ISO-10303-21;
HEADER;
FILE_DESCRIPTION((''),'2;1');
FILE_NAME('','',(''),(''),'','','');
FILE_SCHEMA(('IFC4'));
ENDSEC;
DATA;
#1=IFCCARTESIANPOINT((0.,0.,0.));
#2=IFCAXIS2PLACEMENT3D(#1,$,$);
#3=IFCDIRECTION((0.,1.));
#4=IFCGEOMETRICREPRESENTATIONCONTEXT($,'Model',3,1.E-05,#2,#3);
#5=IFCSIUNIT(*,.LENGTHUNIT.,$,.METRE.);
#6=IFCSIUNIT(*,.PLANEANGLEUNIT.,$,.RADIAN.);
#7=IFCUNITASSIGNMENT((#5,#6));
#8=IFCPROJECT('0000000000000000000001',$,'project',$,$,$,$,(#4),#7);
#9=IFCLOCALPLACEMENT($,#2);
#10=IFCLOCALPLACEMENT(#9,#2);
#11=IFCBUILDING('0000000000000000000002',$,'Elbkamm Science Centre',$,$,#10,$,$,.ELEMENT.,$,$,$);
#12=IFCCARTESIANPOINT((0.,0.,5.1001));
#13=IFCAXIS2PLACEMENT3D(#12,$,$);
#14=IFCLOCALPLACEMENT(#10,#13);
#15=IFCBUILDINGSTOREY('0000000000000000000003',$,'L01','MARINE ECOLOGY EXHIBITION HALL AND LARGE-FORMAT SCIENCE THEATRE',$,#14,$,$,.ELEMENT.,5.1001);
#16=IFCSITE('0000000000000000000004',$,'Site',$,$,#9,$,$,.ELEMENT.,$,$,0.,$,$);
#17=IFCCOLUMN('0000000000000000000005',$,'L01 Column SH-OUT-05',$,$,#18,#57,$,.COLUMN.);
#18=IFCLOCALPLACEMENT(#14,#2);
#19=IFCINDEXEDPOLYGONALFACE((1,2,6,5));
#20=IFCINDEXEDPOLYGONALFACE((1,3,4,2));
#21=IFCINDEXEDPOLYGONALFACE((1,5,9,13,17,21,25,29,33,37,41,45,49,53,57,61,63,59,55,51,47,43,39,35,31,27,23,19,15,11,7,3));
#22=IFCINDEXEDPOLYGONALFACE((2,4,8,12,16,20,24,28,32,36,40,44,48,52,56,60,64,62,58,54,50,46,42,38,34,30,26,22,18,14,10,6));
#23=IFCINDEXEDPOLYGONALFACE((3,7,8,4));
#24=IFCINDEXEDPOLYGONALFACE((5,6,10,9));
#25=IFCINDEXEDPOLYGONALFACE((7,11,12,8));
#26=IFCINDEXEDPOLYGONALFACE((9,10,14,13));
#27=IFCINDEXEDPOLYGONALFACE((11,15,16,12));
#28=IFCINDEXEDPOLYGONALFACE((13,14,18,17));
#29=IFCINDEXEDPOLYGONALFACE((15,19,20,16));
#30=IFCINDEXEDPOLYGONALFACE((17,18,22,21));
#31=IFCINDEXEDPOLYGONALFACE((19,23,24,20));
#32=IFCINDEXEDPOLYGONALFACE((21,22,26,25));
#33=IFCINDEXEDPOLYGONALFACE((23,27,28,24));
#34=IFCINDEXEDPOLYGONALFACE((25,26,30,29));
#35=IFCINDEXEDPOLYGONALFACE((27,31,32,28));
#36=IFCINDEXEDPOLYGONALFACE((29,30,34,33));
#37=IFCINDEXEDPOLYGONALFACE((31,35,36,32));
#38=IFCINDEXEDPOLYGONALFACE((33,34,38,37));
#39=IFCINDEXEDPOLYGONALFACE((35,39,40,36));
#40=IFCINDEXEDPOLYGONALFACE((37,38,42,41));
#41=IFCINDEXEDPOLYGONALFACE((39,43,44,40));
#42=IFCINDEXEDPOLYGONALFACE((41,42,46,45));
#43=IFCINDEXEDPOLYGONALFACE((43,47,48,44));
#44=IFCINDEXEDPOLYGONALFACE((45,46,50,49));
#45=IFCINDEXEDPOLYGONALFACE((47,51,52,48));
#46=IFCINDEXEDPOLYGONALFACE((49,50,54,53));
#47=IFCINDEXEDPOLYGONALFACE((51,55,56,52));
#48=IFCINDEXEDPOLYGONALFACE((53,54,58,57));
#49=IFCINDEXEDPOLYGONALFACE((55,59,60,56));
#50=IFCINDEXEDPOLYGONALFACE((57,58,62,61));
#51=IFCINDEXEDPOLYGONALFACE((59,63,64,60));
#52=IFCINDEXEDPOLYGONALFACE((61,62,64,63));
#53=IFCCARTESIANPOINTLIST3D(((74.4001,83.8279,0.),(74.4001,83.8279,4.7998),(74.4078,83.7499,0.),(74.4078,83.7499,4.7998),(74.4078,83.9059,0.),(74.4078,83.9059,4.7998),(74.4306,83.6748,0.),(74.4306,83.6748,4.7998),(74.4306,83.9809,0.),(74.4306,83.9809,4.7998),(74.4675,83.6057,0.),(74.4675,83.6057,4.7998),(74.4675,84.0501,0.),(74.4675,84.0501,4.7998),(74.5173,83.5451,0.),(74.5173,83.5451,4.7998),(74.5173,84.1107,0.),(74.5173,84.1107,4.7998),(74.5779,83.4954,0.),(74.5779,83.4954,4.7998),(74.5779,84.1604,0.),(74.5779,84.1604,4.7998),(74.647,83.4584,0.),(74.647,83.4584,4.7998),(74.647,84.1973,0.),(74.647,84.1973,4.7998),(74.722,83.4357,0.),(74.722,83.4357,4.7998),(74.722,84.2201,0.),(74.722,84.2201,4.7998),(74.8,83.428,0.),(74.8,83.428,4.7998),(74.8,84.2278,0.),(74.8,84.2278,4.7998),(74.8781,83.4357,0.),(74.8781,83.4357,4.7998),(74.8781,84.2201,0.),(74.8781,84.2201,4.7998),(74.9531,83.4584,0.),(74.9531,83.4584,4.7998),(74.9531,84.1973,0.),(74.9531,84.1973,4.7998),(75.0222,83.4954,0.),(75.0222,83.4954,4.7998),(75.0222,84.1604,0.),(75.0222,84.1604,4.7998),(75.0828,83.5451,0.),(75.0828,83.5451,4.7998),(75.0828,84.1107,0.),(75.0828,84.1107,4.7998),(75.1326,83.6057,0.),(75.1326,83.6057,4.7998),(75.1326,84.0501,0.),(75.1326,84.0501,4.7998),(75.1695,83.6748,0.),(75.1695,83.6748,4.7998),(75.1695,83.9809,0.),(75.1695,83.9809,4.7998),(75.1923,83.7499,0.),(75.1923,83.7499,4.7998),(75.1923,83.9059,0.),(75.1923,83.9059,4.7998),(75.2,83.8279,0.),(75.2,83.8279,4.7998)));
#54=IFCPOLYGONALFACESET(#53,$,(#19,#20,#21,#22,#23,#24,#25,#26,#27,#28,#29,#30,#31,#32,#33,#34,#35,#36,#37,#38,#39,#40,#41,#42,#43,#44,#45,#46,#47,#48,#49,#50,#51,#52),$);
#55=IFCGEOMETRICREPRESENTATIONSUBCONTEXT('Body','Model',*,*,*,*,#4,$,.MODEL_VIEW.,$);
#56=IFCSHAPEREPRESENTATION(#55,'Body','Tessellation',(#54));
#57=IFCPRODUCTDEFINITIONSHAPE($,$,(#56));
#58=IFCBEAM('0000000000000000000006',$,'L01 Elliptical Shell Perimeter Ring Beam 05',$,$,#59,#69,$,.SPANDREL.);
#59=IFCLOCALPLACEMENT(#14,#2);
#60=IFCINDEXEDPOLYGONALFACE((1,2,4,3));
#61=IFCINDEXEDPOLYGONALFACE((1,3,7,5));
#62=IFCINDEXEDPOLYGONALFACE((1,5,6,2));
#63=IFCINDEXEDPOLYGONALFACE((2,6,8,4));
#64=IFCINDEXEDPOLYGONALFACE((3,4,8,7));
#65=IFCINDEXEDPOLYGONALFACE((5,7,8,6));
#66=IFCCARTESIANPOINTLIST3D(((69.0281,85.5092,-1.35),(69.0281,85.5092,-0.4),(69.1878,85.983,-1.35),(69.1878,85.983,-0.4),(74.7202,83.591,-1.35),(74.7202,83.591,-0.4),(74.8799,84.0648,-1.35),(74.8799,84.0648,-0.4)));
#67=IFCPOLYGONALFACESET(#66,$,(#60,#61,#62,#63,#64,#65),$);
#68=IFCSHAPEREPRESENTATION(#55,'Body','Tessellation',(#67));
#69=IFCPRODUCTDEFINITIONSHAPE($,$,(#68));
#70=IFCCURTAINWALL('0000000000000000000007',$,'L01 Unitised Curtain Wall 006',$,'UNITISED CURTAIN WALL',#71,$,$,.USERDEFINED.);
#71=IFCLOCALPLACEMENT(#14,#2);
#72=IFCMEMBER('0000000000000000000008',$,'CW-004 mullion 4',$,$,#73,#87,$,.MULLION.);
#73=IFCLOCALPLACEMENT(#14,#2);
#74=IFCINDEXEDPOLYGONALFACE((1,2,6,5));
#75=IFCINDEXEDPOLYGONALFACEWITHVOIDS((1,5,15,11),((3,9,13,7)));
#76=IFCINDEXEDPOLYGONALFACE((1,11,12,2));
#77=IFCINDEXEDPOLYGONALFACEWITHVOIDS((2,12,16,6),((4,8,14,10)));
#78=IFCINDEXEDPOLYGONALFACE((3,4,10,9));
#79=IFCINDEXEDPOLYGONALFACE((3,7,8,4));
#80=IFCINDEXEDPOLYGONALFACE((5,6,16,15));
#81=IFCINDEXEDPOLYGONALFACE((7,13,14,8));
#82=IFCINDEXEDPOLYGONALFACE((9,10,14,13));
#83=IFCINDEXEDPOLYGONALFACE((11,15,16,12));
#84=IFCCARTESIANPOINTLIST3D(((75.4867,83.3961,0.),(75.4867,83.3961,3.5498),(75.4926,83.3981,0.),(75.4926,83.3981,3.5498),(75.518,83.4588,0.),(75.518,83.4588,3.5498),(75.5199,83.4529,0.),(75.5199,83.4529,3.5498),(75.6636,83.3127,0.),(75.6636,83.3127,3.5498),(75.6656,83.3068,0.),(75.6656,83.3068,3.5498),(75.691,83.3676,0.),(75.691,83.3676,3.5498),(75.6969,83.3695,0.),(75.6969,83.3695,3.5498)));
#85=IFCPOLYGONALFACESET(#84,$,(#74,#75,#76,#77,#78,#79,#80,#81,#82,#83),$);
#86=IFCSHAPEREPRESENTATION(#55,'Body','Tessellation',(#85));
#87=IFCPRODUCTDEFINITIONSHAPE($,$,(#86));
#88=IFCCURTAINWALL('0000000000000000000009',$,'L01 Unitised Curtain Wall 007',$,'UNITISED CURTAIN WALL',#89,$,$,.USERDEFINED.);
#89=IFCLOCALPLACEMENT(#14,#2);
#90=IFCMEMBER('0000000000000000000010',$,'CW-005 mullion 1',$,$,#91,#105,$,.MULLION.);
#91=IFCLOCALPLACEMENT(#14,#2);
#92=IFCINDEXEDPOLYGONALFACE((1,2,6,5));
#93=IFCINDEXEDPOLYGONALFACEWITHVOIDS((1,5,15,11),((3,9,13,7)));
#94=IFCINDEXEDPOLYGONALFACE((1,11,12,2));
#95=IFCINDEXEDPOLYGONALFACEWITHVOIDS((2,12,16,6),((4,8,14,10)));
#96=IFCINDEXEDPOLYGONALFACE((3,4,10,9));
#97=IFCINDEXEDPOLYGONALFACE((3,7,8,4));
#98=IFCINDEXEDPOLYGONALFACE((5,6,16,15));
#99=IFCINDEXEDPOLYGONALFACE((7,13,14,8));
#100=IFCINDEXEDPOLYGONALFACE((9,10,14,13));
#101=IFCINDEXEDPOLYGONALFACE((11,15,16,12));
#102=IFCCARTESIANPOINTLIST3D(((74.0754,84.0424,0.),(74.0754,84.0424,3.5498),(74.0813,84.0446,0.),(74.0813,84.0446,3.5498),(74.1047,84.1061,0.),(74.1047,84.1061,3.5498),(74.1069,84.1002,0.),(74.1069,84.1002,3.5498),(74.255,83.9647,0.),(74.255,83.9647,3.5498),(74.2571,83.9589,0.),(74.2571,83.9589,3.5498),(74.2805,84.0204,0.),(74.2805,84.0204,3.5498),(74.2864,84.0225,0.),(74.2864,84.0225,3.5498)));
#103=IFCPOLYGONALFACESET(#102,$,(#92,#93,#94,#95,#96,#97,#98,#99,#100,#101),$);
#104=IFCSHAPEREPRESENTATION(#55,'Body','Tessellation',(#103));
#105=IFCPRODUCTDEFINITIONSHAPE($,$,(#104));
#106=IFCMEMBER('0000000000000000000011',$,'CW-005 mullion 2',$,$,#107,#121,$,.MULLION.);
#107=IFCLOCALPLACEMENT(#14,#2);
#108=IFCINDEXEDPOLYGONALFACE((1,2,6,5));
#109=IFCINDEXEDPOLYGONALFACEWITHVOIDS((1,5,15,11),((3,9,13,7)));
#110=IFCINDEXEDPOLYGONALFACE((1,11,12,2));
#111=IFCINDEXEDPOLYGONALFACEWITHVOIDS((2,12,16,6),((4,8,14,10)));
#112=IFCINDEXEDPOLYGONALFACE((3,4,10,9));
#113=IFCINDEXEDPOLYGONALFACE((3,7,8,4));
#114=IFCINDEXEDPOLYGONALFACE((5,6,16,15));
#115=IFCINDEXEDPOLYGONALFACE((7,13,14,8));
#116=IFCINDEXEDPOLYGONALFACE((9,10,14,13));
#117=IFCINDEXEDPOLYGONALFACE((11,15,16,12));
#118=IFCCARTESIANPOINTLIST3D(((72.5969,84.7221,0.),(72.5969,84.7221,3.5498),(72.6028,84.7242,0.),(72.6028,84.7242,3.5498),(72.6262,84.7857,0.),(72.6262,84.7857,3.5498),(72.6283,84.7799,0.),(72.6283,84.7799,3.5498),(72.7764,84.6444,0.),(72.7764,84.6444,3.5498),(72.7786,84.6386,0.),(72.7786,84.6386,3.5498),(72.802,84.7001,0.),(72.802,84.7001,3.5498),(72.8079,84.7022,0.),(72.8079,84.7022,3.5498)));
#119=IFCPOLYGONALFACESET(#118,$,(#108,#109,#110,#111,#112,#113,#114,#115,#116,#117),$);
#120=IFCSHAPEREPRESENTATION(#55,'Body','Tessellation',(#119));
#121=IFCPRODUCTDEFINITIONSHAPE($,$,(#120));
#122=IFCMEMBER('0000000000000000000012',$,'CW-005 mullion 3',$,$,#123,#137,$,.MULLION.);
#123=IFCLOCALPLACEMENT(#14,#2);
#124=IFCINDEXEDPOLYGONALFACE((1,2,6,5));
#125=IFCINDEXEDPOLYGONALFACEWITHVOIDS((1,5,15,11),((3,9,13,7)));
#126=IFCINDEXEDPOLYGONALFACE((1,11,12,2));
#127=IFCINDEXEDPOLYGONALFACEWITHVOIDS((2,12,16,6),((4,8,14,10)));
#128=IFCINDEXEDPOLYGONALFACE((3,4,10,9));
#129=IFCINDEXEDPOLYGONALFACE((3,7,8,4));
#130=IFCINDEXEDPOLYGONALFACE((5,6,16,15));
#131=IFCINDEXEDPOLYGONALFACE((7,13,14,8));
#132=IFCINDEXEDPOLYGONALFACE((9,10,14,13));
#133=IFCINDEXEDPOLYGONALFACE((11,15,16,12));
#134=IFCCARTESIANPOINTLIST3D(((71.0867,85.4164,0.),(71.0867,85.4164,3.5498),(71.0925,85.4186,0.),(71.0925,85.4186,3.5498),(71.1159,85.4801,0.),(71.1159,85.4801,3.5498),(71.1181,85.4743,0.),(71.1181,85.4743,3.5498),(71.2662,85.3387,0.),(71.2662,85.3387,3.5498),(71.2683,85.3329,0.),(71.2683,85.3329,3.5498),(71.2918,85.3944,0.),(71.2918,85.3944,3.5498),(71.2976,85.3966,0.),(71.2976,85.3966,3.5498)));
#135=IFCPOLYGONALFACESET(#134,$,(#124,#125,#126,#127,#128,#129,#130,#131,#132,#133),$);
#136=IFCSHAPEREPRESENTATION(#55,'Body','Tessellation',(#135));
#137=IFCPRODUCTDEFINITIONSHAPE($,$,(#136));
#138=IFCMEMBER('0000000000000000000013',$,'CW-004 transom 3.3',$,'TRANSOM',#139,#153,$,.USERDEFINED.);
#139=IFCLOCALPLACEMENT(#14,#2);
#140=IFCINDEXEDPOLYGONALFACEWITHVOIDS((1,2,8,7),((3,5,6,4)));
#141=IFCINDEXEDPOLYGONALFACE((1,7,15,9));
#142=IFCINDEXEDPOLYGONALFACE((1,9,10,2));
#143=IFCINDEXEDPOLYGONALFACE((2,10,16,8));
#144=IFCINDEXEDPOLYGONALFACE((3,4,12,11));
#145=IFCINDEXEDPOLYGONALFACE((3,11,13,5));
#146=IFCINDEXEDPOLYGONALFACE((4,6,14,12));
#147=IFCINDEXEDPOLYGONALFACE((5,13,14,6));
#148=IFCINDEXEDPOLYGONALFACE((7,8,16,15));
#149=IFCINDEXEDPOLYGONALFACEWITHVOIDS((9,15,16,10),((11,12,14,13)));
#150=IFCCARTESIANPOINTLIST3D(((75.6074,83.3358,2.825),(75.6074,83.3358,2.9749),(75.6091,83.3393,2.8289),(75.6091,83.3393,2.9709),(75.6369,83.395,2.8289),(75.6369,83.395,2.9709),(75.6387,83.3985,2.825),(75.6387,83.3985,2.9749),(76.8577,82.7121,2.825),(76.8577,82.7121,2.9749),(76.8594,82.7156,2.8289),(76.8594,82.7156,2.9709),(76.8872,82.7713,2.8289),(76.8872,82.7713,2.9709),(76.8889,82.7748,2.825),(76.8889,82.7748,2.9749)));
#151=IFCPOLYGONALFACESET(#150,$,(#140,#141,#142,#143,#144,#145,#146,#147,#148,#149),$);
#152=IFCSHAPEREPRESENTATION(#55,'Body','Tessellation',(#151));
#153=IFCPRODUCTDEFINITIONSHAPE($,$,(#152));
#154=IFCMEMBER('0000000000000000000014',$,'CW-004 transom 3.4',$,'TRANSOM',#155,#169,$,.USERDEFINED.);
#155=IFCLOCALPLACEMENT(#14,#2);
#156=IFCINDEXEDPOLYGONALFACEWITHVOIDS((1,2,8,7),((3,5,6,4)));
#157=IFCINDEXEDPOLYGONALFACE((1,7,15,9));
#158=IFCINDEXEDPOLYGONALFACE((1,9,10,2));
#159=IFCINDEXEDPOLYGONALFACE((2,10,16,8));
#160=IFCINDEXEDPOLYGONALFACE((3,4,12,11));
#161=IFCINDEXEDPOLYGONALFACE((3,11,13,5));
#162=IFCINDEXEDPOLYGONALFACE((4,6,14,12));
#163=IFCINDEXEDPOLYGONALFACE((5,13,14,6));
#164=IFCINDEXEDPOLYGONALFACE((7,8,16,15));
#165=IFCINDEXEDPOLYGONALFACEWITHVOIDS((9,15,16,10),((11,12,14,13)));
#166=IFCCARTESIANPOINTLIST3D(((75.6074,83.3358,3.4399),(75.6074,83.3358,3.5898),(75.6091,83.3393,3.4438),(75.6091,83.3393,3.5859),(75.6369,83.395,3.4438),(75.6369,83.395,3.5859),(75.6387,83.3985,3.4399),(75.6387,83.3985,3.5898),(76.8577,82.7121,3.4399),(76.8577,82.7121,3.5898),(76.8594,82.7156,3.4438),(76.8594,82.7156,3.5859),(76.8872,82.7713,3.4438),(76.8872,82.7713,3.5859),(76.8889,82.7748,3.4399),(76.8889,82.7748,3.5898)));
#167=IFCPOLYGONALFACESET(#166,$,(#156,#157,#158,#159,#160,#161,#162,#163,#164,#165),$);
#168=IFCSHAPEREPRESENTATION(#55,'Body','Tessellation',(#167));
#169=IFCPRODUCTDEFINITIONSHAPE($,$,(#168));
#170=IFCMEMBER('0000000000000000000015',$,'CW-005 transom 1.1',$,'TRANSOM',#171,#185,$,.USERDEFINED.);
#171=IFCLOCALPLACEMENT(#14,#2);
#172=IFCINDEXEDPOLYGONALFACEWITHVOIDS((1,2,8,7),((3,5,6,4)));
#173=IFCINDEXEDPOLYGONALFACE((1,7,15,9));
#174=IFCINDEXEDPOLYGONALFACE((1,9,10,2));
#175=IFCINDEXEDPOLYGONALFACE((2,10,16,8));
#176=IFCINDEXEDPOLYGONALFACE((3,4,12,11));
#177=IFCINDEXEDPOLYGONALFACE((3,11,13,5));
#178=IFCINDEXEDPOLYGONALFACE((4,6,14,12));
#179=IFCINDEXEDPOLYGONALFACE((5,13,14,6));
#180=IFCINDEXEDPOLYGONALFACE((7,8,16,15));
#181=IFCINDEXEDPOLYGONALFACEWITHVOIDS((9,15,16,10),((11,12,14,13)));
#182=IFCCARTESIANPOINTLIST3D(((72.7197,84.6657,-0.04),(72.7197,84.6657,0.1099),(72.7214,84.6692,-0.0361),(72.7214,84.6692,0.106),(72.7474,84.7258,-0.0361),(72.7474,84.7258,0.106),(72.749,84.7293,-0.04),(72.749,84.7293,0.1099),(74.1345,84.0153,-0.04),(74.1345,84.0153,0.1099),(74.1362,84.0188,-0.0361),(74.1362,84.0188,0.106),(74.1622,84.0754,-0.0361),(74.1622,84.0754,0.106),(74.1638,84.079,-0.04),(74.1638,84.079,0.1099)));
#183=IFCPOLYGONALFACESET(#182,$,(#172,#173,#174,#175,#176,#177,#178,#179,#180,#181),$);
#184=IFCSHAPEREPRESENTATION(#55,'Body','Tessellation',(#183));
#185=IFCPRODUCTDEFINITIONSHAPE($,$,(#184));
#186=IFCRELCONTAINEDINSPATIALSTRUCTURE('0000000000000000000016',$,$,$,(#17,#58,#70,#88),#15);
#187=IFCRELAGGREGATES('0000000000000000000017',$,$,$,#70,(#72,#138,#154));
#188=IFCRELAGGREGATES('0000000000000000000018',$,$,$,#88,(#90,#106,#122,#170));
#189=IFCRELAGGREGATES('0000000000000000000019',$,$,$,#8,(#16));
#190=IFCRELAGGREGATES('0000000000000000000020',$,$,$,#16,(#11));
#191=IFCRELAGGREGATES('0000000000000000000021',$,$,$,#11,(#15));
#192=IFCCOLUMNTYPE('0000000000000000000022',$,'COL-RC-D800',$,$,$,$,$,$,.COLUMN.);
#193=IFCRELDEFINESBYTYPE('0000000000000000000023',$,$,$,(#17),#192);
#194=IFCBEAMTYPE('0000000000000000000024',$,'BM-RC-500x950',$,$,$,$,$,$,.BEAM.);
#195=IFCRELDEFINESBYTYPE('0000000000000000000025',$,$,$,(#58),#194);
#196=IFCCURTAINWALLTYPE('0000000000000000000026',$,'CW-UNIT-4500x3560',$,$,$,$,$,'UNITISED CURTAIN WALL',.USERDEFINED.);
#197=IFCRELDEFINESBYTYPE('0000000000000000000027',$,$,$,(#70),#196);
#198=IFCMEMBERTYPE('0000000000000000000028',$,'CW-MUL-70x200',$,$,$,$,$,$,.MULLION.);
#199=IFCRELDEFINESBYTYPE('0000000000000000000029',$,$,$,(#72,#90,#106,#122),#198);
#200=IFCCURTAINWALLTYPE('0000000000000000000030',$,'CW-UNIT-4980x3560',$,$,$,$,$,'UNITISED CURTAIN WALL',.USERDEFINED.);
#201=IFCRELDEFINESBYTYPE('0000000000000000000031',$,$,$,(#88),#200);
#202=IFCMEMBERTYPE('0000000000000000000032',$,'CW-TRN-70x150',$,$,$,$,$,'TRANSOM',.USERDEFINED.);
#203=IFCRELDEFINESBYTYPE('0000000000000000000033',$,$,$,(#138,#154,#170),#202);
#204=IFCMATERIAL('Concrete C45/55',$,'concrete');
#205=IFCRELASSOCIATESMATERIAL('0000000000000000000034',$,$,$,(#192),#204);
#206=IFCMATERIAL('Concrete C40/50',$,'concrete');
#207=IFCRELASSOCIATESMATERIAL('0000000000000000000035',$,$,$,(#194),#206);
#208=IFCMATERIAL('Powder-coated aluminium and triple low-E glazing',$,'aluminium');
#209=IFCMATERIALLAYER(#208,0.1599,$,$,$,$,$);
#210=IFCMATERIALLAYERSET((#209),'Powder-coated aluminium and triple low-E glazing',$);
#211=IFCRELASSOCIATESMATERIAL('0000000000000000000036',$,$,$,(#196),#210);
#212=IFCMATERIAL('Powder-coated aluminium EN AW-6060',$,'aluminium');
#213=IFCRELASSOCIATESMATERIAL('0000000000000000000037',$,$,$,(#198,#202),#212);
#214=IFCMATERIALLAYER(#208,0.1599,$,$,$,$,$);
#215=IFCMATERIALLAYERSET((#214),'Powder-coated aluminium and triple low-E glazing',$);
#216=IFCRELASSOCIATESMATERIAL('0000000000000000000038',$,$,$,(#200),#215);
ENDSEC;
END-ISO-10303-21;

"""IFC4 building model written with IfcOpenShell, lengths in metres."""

from ifc_helpers import new_model, si_unit, direction, frame, origin, origin_2d, place, context, subcontext, project, spatial, rectangle, hollow_rectangle, circle, extrude, material, layer, layer_set, material_profile, profile_set, type_object, element, aggregate, save


model = new_model("IFC4")

# Units and contexts
model_context = context("Model", 3, precision=1e-05, world=origin(), true_north=direction((0.0, 1.0)))
body_context = subcontext(model_context, "Body", "Model", "MODEL_VIEW")
ifc_project = project(units=[si_unit("LENGTHUNIT", "METRE"), si_unit("PLANEANGLEUNIT", "RADIAN")], contexts=[model_context])

# Site, building, storey
site_placement = place(None, origin())
site = spatial("IfcSite", under=ifc_project, at=site_placement, Name="Site", CompositionType="ELEMENT", RefElevation=0.0)
building_placement = place(site_placement, origin())
building = spatial("IfcBuilding", under=site, at=building_placement, Name="Elbkamm Science Centre", CompositionType="ELEMENT")
storey_placement = place(building_placement, frame((0.0, 0.0, 5.1001)))
storey = spatial("IfcBuildingStorey", under=building, at=storey_placement, Name="L01", Description="MARINE ECOLOGY EXHIBITION HALL AND LARGE-FORMAT SCIENCE THEATRE", CompositionType="ELEMENT", Elevation=5.1001)

# Column
ifc_material_1 = material(Name="Concrete C45/55", Category="concrete")
ifc_material_profile_1 = material_profile(ifc_material_1, circle(Radius=0.3999, at=origin_2d()), Name="RC D800")
ifc_profile_set_1 = profile_set([ifc_material_profile_1], Name="Concrete C45/55")
column_type = type_object("IfcColumnType", Name="COL-RC-D800", PredefinedType="COLUMN", material=ifc_profile_set_1)
column_placement = place(storey_placement, frame((74.8, 83.8279, 0.0), z_axis=(0.0, 0.0, 1.0), x_axis=(1.0, 0.0, 0.0)))
element("IfcColumn", 1, at=column_placement, inside=storey, type_object=column_type, Name="L01 Column SH-OUT-05", PredefinedType="COLUMN", context=body_context, shape_type="SweptSolid", body=[
    extrude(circle(Radius=0.3999, at=origin_2d()), origin(), (0.0, 0.0, 1.0), 4.7998),
])

# Beam
ifc_material_2 = material(Name="Concrete C40/50", Category="concrete")
ifc_material_profile_2 = material_profile(ifc_material_2, rectangle(XDim=0.5, YDim=0.95, at=origin_2d()), Name="RC 500x950")
ifc_profile_set_2 = profile_set([ifc_material_profile_2], Name="Concrete C40/50")
beam_type = type_object("IfcBeamType", Name="BM-RC-500x950", PredefinedType="BEAM", material=ifc_profile_set_2)
beam_placement = place(storey_placement, frame((74.8, 83.8279, -0.875), z_axis=(-0.947638, 0.319348, 0.0), x_axis=(-0.319348, -0.947638, 0.0)))
element("IfcBeam", 2, at=beam_placement, inside=storey, type_object=beam_type, Name="L01 Elliptical Shell Perimeter Ring Beam 05", PredefinedType="SPANDREL", context=body_context, shape_type="SweptSolid", body=[
    extrude(rectangle(XDim=0.5, YDim=0.95, at=origin_2d()), origin(), (0.0, 0.0, 1.0), 6.0066),
])

# Curtain wall, member
ifc_material_3 = material(Name="Powder-coated aluminium and triple low-E glazing", Category="aluminium")
ifc_layer_1 = layer(ifc_material_3, 0.1599)
ifc_layer_set_1 = layer_set([ifc_layer_1], Name="Powder-coated aluminium and triple low-E glazing")
curtain_wall_type_1 = type_object("IfcCurtainWallType", Name="CW-UNIT-4500x3560", ElementType="UNITISED CURTAIN WALL", PredefinedType="USERDEFINED", material=ifc_layer_set_1)
curtain_wall_1_placement = place(storey_placement, origin())
curtain_wall_1 = element("IfcCurtainWall", 3, at=curtain_wall_1_placement, inside=storey, type_object=curtain_wall_type_1, Name="L01 Unitised Curtain Wall 006", ObjectType="UNITISED CURTAIN WALL", PredefinedType="USERDEFINED")
ifc_material_4 = material(Name="Powder-coated aluminium EN AW-6060", Category="aluminium")
ifc_material_profile_3 = material_profile(ifc_material_4, hollow_rectangle(XDim=0.0701, YDim=0.2, WallThickness=0.0044, at=origin_2d()), Name="ALU M70x200")
ifc_profile_set_3 = profile_set([ifc_material_profile_3], Name="Powder-coated aluminium EN AW-6060")
member_type_1 = type_object("IfcMemberType", Name="CW-MUL-70x200", PredefinedType="MULLION", material=ifc_profile_set_3)
member_1_placement = place(storey_placement, frame((75.5918, 83.3828, 0.0), z_axis=(0.0, 0.0, 1.0), x_axis=(-0.446441, -0.894813, 0.0)))
member_1 = element("IfcMember", 4, at=member_1_placement, type_object=member_type_1, Name="CW-004 mullion 4", PredefinedType="MULLION", context=body_context, shape_type="SweptSolid", body=[
    extrude(hollow_rectangle(XDim=0.0701, YDim=0.2, WallThickness=0.0044, at=origin_2d()), origin(), (0.0, 0.0, 1.0), 3.5498),
])

# Curtain wall, members
ifc_layer_2 = layer(ifc_material_3, 0.1599)
ifc_layer_set_2 = layer_set([ifc_layer_2], Name="Powder-coated aluminium and triple low-E glazing")
curtain_wall_type_2 = type_object("IfcCurtainWallType", Name="CW-UNIT-4980x3560", ElementType="UNITISED CURTAIN WALL", PredefinedType="USERDEFINED", material=ifc_layer_set_2)
curtain_wall_2_placement = place(storey_placement, origin())
curtain_wall_2 = element("IfcCurtainWall", 5, at=curtain_wall_2_placement, inside=storey, type_object=curtain_wall_type_2, Name="L01 Unitised Curtain Wall 007", ObjectType="UNITISED CURTAIN WALL", PredefinedType="USERDEFINED")
member_2_placement = place(storey_placement, frame((74.1809, 84.0325, 0.0), z_axis=(0.0, 0.0, 1.0), x_axis=(-0.417705, -0.908583, 0.0)))
member_2 = element("IfcMember", 6, at=member_2_placement, type_object=member_type_1, Name="CW-005 mullion 1", PredefinedType="MULLION", context=body_context, shape_type="SweptSolid", body=[
    extrude(hollow_rectangle(XDim=0.0701, YDim=0.2, WallThickness=0.0044, at=origin_2d()), origin(), (0.0, 0.0, 1.0), 3.5498),
])
member_3_placement = place(storey_placement, frame((72.7024, 84.7122, 0.0), z_axis=(0.0, 0.0, 1.0), x_axis=(-0.417705, -0.908583, 0.0)))
member_3 = element("IfcMember", 7, at=member_3_placement, type_object=member_type_1, Name="CW-005 mullion 2", PredefinedType="MULLION", context=body_context, shape_type="SweptSolid", body=[
    extrude(hollow_rectangle(XDim=0.0701, YDim=0.2, WallThickness=0.0044, at=origin_2d()), origin(), (0.0, 0.0, 1.0), 3.5498),
])
member_4_placement = place(storey_placement, frame((71.1921, 85.4065, 0.0), z_axis=(0.0, 0.0, 1.0), x_axis=(-0.417705, -0.908583, 0.0)))
member_4 = element("IfcMember", 8, at=member_4_placement, type_object=member_type_1, Name="CW-005 mullion 3", PredefinedType="MULLION", context=body_context, shape_type="SweptSolid", body=[
    extrude(hollow_rectangle(XDim=0.0701, YDim=0.2, WallThickness=0.0044, at=origin_2d()), origin(), (0.0, 0.0, 1.0), 3.5498),
])

# Members
ifc_material_profile_4 = material_profile(ifc_material_4, hollow_rectangle(XDim=0.0701, YDim=0.1499, WallThickness=0.0039, at=origin_2d()), Name="ALU T70x150")
ifc_profile_set_4 = profile_set([ifc_material_profile_4], Name="Powder-coated aluminium EN AW-6060")
member_type_2 = type_object("IfcMemberType", Name="CW-TRN-70x150", ElementType="TRANSOM", PredefinedType="USERDEFINED", material=ifc_profile_set_4)
member_5_placement = place(storey_placement, frame((76.8733, 82.7434, 2.8999), z_axis=(-0.894811, 0.446445, 0.0), x_axis=(-0.446445, -0.894811, 0.0)))
member_5 = element("IfcMember", 9, at=member_5_placement, type_object=member_type_2, Name="CW-004 transom 3.3", ObjectType="TRANSOM", PredefinedType="USERDEFINED", context=body_context, shape_type="SweptSolid", body=[
    extrude(hollow_rectangle(XDim=0.0701, YDim=0.1499, WallThickness=0.0039, at=origin_2d()), origin(), (0.0, 0.0, 1.0), 1.3972),
])
member_6_placement = place(storey_placement, frame((76.8733, 82.7434, 3.5149), z_axis=(-0.894811, 0.446445, 0.0), x_axis=(-0.446445, -0.894811, 0.0)))
member_6 = element("IfcMember", 10, at=member_6_placement, type_object=member_type_2, Name="CW-004 transom 3.4", ObjectType="TRANSOM", PredefinedType="USERDEFINED", context=body_context, shape_type="SweptSolid", body=[
    extrude(hollow_rectangle(XDim=0.0701, YDim=0.1499, WallThickness=0.0039, at=origin_2d()), origin(), (0.0, 0.0, 1.0), 1.3972),
])
member_7_placement = place(storey_placement, frame((74.1492, 84.0471, 0.0349), z_axis=(-0.908592, 0.417686, 0.0), x_axis=(-0.417686, -0.908592, 0.0)))
member_7 = element("IfcMember", 11, at=member_7_placement, type_object=member_type_2, Name="CW-005 transom 1.1", ObjectType="TRANSOM", PredefinedType="USERDEFINED", context=body_context, shape_type="SweptSolid", body=[
    extrude(hollow_rectangle(XDim=0.0701, YDim=0.1499, WallThickness=0.0039, at=origin_2d()), origin(), (0.0, 0.0, 1.0), 1.5571),
])

aggregate(curtain_wall_1, [member_1, member_5, member_6])
aggregate(curtain_wall_2, [member_2, member_3, member_4, member_7])

save(model, "model.ifc")
